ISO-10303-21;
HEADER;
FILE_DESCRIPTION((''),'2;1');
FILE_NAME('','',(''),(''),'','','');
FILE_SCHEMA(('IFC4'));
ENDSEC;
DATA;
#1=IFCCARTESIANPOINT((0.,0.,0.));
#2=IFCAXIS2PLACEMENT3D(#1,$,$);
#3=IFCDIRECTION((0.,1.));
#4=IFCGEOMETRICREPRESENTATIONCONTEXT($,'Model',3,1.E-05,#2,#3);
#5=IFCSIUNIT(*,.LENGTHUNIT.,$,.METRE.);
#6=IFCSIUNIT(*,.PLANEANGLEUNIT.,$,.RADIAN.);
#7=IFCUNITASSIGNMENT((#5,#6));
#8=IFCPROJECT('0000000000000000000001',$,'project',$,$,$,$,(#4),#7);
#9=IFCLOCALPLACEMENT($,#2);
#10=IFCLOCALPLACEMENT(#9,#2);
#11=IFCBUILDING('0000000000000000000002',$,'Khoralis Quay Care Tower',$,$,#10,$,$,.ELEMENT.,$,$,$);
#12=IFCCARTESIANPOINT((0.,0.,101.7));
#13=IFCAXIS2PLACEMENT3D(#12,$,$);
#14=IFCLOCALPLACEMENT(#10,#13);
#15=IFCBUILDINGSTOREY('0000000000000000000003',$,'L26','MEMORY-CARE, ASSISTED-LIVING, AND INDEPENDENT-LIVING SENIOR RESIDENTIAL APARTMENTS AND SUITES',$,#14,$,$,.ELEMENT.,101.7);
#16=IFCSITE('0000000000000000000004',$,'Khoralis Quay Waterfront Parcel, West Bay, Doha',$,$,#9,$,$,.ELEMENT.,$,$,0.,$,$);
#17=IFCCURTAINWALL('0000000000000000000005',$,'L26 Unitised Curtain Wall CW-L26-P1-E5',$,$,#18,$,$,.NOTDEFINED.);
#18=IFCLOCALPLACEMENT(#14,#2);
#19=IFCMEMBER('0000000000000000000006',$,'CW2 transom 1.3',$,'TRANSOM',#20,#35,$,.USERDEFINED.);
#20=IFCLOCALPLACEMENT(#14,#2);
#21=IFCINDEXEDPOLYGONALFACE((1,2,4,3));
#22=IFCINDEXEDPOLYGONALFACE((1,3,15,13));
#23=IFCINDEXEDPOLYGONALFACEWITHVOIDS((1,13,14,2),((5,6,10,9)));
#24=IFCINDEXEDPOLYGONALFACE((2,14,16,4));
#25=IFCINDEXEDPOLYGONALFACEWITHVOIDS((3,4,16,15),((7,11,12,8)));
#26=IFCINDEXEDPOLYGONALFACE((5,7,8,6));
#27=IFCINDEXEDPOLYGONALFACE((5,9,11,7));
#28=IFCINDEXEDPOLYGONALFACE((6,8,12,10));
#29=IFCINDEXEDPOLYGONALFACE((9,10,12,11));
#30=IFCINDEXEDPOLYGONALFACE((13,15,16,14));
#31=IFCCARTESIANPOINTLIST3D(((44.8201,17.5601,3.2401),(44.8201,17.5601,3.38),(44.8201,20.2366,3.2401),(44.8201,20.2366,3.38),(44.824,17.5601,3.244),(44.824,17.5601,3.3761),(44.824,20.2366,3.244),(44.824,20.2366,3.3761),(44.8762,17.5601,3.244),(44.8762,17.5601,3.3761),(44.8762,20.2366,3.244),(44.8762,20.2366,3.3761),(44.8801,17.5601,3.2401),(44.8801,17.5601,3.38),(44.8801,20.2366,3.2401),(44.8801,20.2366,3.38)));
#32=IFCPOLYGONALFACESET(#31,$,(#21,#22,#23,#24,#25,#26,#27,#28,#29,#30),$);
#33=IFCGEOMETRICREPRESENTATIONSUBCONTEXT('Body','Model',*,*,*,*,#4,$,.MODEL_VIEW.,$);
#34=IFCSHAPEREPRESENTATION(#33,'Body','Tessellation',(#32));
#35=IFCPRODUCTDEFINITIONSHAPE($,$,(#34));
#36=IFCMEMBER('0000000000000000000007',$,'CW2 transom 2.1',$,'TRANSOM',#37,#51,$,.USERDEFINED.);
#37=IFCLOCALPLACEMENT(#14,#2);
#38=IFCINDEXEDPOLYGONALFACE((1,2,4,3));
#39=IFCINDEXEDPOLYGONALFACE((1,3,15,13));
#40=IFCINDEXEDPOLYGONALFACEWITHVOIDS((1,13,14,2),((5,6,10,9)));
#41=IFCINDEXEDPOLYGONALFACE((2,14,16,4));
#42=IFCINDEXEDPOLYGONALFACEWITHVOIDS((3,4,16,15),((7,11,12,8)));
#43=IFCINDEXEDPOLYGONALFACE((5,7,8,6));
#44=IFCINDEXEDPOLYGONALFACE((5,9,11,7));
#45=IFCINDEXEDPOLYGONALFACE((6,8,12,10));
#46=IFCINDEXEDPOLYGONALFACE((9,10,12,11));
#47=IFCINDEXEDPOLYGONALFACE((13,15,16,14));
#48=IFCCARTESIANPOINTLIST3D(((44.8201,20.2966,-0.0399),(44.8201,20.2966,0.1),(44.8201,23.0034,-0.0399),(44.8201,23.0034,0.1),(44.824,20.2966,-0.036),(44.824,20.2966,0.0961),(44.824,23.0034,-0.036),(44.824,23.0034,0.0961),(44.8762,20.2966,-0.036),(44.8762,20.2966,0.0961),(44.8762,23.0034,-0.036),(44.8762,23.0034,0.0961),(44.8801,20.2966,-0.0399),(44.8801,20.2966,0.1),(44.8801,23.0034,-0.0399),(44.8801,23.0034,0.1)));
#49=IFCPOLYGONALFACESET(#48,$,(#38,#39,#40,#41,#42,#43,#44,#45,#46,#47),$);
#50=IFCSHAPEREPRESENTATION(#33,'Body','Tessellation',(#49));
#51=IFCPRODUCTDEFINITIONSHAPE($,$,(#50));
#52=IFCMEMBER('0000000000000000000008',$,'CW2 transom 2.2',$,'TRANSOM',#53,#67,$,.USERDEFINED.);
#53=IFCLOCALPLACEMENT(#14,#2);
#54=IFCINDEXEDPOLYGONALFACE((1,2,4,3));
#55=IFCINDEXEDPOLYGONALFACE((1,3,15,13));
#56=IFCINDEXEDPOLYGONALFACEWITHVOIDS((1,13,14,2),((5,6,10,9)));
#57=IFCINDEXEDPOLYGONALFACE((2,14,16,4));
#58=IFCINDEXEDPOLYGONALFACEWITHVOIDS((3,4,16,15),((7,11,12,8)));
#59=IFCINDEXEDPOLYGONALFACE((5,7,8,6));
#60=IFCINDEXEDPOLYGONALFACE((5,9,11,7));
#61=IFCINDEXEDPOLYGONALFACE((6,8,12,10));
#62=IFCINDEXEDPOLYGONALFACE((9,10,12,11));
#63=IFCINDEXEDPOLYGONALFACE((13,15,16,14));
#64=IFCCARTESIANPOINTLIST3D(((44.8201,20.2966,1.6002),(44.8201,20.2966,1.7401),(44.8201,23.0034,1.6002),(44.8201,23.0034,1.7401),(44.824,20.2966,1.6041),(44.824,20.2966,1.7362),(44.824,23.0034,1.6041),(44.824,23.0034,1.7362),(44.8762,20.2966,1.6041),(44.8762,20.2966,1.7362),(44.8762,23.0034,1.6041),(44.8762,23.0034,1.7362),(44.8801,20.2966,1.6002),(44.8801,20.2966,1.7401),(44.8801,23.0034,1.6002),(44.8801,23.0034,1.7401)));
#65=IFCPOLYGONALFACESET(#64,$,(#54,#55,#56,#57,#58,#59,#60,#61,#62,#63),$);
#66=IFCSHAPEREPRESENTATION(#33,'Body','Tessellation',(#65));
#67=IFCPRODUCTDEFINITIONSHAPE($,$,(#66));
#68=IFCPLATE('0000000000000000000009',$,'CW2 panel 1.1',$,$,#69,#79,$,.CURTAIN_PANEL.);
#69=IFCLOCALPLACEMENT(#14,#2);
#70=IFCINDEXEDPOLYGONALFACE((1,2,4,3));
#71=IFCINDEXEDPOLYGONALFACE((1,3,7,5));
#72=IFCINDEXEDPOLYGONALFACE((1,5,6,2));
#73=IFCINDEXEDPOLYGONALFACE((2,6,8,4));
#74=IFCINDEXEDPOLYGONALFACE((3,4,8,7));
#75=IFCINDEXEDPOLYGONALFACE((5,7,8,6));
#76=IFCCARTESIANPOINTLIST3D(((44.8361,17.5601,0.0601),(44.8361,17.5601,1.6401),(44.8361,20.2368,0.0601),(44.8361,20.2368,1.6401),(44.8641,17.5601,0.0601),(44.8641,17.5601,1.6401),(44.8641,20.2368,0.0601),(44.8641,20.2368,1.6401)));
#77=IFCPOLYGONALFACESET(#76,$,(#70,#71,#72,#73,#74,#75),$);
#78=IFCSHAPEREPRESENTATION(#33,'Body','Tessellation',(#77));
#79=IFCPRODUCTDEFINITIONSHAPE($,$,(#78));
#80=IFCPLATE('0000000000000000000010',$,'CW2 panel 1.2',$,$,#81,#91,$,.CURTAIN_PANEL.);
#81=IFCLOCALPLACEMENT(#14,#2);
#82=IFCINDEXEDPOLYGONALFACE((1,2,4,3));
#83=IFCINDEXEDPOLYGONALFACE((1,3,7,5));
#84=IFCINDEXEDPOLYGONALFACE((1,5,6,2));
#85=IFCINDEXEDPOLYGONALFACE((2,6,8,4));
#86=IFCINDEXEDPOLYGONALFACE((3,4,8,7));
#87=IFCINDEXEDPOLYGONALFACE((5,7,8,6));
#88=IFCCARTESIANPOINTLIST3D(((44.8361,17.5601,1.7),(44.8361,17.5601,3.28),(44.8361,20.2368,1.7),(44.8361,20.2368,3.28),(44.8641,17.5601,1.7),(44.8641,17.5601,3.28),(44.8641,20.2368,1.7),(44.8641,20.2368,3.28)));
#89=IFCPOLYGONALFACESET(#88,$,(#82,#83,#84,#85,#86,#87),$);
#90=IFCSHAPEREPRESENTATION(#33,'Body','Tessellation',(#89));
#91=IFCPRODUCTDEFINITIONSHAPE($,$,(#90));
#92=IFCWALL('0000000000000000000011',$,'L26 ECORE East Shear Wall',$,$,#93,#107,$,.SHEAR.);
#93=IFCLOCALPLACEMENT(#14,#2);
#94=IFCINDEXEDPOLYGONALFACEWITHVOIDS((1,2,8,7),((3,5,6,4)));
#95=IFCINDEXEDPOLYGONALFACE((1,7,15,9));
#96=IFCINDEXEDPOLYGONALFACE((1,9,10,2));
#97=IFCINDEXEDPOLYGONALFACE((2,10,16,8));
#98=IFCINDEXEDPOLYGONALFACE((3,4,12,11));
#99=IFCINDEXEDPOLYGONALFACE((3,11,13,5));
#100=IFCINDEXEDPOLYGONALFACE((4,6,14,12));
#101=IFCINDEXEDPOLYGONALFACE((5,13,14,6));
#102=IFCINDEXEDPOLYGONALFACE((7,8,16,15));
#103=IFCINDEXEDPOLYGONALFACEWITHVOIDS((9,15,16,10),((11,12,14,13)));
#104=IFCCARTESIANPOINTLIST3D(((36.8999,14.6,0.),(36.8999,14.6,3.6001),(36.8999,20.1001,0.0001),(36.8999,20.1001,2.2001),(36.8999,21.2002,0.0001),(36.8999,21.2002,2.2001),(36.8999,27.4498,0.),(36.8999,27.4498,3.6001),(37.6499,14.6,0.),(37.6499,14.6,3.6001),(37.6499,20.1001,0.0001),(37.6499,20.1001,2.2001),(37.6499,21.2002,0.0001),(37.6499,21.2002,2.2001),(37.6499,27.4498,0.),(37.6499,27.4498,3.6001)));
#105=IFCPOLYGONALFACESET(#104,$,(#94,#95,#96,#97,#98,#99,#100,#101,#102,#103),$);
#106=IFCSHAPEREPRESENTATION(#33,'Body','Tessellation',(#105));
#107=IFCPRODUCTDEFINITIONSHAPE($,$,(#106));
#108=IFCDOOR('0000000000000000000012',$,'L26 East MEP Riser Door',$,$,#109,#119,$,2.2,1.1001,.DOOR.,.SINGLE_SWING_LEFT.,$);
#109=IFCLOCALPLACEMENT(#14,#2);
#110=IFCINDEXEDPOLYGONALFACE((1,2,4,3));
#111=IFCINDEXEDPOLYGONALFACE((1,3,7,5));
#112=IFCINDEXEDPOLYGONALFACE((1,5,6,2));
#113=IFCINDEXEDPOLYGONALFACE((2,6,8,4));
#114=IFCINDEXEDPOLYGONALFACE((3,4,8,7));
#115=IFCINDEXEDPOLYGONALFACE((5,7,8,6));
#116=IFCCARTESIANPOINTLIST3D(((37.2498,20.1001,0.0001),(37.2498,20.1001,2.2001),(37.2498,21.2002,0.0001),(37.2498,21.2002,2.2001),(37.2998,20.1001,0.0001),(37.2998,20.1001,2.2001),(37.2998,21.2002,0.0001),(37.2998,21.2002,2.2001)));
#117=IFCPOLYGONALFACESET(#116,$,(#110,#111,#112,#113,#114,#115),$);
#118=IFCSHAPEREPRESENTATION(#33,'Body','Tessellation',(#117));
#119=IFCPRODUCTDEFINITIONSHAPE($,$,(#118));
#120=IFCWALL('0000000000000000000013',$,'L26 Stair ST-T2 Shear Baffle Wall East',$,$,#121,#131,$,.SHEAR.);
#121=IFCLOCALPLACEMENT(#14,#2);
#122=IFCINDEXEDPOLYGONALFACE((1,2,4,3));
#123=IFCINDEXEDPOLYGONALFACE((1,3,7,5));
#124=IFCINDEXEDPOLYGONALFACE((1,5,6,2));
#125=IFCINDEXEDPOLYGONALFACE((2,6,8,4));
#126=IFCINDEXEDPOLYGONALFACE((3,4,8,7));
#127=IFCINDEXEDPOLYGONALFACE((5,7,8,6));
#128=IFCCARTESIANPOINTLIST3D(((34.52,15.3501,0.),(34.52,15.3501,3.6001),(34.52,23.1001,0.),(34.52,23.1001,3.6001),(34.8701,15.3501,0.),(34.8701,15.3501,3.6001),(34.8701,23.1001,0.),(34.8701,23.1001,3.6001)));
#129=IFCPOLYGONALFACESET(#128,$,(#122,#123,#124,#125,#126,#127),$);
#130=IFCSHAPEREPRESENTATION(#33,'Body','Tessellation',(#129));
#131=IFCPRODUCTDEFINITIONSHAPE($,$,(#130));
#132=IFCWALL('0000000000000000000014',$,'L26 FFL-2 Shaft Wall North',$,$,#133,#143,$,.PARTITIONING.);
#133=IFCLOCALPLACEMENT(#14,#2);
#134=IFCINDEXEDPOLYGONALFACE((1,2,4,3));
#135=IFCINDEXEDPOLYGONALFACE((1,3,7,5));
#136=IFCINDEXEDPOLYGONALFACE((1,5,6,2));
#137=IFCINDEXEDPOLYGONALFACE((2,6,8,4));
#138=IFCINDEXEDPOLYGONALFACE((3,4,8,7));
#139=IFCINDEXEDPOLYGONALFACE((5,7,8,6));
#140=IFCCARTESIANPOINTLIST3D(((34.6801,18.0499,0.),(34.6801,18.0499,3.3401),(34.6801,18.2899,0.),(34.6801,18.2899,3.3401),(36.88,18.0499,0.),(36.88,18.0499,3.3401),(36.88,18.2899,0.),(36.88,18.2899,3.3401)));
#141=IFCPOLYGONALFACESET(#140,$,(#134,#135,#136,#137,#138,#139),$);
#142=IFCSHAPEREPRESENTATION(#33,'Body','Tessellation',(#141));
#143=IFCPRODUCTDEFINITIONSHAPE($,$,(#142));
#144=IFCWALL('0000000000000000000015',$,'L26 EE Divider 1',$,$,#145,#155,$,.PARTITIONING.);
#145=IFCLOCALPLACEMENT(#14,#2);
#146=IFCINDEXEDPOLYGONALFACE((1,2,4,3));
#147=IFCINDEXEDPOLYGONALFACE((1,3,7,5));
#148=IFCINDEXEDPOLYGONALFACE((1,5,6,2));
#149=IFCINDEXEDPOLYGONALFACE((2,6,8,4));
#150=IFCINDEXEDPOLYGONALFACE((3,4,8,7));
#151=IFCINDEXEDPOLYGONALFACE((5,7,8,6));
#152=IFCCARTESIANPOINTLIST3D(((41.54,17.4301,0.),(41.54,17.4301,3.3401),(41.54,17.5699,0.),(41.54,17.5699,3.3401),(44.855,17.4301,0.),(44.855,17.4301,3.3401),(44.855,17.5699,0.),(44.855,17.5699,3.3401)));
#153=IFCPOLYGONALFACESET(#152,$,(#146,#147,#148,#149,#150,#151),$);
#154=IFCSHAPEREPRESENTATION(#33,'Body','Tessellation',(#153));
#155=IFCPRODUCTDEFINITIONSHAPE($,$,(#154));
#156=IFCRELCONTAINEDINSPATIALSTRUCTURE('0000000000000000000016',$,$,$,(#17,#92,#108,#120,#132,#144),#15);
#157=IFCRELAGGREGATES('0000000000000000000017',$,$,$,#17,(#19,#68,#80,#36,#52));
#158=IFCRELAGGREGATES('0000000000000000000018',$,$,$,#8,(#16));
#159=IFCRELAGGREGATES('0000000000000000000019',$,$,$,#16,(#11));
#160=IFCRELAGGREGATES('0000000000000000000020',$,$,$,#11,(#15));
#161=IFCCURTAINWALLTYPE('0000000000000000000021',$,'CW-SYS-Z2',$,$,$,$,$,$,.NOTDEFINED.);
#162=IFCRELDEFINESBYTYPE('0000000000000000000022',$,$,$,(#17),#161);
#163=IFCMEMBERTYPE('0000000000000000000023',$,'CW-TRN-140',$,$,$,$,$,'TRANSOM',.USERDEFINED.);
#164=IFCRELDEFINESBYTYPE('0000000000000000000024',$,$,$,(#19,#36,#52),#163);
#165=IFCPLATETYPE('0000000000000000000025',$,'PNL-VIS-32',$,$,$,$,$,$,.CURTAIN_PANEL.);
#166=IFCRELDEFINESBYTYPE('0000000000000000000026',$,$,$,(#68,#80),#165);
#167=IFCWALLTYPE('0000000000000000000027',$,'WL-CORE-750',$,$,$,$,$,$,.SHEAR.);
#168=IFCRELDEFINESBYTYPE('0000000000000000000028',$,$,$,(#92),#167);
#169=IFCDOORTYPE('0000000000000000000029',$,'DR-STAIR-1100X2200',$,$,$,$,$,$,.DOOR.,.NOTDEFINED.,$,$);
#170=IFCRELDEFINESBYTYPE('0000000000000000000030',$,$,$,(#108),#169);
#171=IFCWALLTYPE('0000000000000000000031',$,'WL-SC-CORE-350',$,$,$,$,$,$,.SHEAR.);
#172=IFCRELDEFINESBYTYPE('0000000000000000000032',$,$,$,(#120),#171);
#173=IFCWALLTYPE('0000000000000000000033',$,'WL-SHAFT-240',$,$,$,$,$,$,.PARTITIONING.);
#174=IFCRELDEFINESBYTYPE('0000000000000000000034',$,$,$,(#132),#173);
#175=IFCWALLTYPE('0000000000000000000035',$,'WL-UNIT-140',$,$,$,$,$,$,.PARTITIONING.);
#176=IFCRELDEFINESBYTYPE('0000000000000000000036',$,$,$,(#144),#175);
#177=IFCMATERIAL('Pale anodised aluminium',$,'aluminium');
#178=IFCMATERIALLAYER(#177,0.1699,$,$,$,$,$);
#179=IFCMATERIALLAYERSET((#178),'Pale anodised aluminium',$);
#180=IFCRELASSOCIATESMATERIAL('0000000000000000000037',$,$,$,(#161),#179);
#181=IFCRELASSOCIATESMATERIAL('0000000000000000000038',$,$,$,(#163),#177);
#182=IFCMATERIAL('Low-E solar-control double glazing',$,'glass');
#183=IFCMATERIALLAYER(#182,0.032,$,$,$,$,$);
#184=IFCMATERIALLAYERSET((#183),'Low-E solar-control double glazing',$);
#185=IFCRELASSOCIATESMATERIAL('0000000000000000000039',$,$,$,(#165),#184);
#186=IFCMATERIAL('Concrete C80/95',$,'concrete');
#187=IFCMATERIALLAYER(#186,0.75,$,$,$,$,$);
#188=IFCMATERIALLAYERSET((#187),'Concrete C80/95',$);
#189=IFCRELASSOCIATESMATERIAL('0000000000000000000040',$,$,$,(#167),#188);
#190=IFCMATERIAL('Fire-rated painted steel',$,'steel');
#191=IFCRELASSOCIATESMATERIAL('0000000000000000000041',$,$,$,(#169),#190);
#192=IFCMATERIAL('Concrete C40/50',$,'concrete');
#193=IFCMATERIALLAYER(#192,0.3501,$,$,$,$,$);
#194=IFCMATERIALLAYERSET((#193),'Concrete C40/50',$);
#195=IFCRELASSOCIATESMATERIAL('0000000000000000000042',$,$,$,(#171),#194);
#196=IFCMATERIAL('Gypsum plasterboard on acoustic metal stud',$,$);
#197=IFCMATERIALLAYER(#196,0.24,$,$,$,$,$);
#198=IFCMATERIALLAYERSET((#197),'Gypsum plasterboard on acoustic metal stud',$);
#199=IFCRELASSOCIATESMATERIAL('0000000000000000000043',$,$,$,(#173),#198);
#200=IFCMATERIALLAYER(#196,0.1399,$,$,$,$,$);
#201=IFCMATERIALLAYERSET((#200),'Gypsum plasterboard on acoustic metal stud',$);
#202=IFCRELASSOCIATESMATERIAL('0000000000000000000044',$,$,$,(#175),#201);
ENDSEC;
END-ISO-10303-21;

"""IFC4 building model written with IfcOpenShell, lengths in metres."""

from ifc_helpers import new_model, si_unit, direction, frame, frame_2d, origin, origin_2d, place, context, subcontext, project, spatial, rectangle, hollow_rectangle, extrude, source, transform, mapped, material, layer, layer_set, material_profile, profile_set, type_object, element, fill, aggregate, save


model = new_model("IFC4")

# Units and contexts
model_context = context("Model", 3, precision=1e-05, world=origin(), true_north=direction((0.0, 1.0)))
body_context = subcontext(model_context, "Body", "Model", "MODEL_VIEW")
ifc_project = project(units=[si_unit("LENGTHUNIT", "METRE"), si_unit("PLANEANGLEUNIT", "RADIAN")], contexts=[model_context])

# Site, building, storey
site_placement = place(None, origin())
site = spatial("IfcSite", under=ifc_project, at=site_placement, Name="Khoralis Quay Waterfront Parcel, West Bay, Doha", CompositionType="ELEMENT", RefElevation=0.0)
building_placement = place(site_placement, origin())
building = spatial("IfcBuilding", under=site, at=building_placement, Name="Khoralis Quay Care Tower", CompositionType="ELEMENT")
storey_placement = place(building_placement, frame((0.0, 0.0, 101.7)))
storey = spatial("IfcBuildingStorey", under=building, at=storey_placement, Name="L26", Description="MEMORY-CARE, ASSISTED-LIVING, AND INDEPENDENT-LIVING SENIOR RESIDENTIAL APARTMENTS AND SUITES", CompositionType="ELEMENT", Elevation=101.7)

# Curtain wall, members, plates
ifc_material_1 = material(Name="Pale anodised aluminium", Category="aluminium")
ifc_layer_1 = layer(ifc_material_1, 0.1699)
ifc_layer_set_1 = layer_set([ifc_layer_1], Name="Pale anodised aluminium")
curtain_wall_type = type_object("IfcCurtainWallType", Name="CW-SYS-Z2", PredefinedType="NOTDEFINED", material=ifc_layer_set_1)
curtain_wall_placement = place(storey_placement, origin())
curtain_wall = element("IfcCurtainWall", 1, at=curtain_wall_placement, inside=storey, type_object=curtain_wall_type, Name="L26 Unitised Curtain Wall CW-L26-P1-E5", PredefinedType="NOTDEFINED")
ifc_material_profile_1 = material_profile(ifc_material_1, hollow_rectangle(XDim=0.0601, YDim=0.1399, WallThickness=0.0039, at=origin_2d()), Name="Pale anodised aluminium")
ifc_profile_set_1 = profile_set([ifc_material_profile_1], Name="Pale anodised aluminium")
member_type_1 = type_object("IfcMemberType", Name="CW-TRN-140", ElementType="TRANSOM", PredefinedType="USERDEFINED", material=ifc_profile_set_1)
shared_shape_1 = source(origin(), body_context, "Body", "SweptSolid", [
    extrude(hollow_rectangle(XDim=0.0601, YDim=0.1399, WallThickness=0.0039, at=origin_2d()), origin(), (0.0, 0.0, 1.0), 2.6765),
])
member_1_placement = place(storey_placement, frame((44.8501, 17.5601, 3.3101), z_axis=(0.0, 1.0, 0.0), x_axis=(-1.0, 0.0, 0.0)))
member_1 = element("IfcMember", 2, at=member_1_placement, type_object=member_type_1, Name="CW2 transom 1.3", ObjectType="TRANSOM", PredefinedType="USERDEFINED", context=body_context, shape_type="MappedRepresentation", body=[
    mapped(shared_shape_1, transform((0.0, 0.0, 0.0), scale=1.0)),
])
shared_shape_2 = source(origin(), body_context, "Body", "SweptSolid", [
    extrude(hollow_rectangle(XDim=0.0601, YDim=0.1399, WallThickness=0.0039, at=origin_2d()), origin(), (0.0, 0.0, 1.0), 2.7068),
])
member_2_placement = place(storey_placement, frame((44.8501, 20.2966, 0.03), z_axis=(0.0, 1.0, 0.0), x_axis=(-1.0, 0.0, 0.0)))
member_2 = element("IfcMember", 3, at=member_2_placement, type_object=member_type_1, Name="CW2 transom 2.1", ObjectType="TRANSOM", PredefinedType="USERDEFINED", context=body_context, shape_type="MappedRepresentation", body=[
    mapped(shared_shape_2, transform((0.0, 0.0, 0.0), scale=1.0)),
])
member_3_placement = place(storey_placement, frame((44.8501, 20.2966, 1.6702), z_axis=(0.0, 1.0, 0.0), x_axis=(-1.0, 0.0, 0.0)))
member_3 = element("IfcMember", 4, at=member_3_placement, type_object=member_type_1, Name="CW2 transom 2.2", ObjectType="TRANSOM", PredefinedType="USERDEFINED", context=body_context, shape_type="MappedRepresentation", body=[
    mapped(shared_shape_2, transform((0.0, 0.0, 0.0), scale=1.0)),
])
ifc_material_2 = material(Name="Low-E solar-control double glazing", Category="glass")
ifc_layer_2 = layer(ifc_material_2, 0.032)
ifc_layer_set_2 = layer_set([ifc_layer_2], Name="Low-E solar-control double glazing")
plate_type = type_object("IfcPlateType", Name="PNL-VIS-32", PredefinedType="CURTAIN_PANEL", material=ifc_layer_set_2)
shared_shape_3 = source(origin(), body_context, "Body", "SweptSolid", [
    extrude(rectangle(XDim=2.6768, YDim=0.0281, at=origin_2d()), origin(), (0.0, 0.0, 1.0), 1.5801),
])
plate_1_placement = place(storey_placement, frame((44.8501, 18.8984, 0.0601), z_axis=(0.0, 0.0, 1.0), x_axis=(0.0, 1.0, 0.0)))
plate_1 = element("IfcPlate", 5, at=plate_1_placement, type_object=plate_type, Name="CW2 panel 1.1", PredefinedType="CURTAIN_PANEL", context=body_context, shape_type="MappedRepresentation", body=[
    mapped(shared_shape_3, transform((0.0, 0.0, 0.0), scale=1.0)),
])
plate_2_placement = place(storey_placement, frame((44.8501, 18.8984, 1.7), z_axis=(0.0, 0.0, 1.0), x_axis=(0.0, 1.0, 0.0)))
plate_2 = element("IfcPlate", 6, at=plate_2_placement, type_object=plate_type, Name="CW2 panel 1.2", PredefinedType="CURTAIN_PANEL", context=body_context, shape_type="MappedRepresentation", body=[
    mapped(shared_shape_3, transform((0.0, 0.0, 0.0), scale=1.0)),
])
aggregate(curtain_wall, [member_1, plate_1, plate_2, member_2, member_3])

# Wall, opening, door
ifc_material_3 = material(Name="Concrete C80/95", Category="concrete")
ifc_layer_3 = layer(ifc_material_3, 0.75)
ifc_layer_set_3 = layer_set([ifc_layer_3], Name="Concrete C80/95")
wall_type_1 = type_object("IfcWallType", Name="WL-CORE-750", PredefinedType="SHEAR", material=ifc_layer_set_3)
wall_1_placement = place(storey_placement, frame((37.2749, 14.6001, 0.0), z_axis=(0.0, 0.0, 1.0), x_axis=(0.0, 1.0, 0.0)))
wall_1 = element("IfcWall", 7, at=wall_1_placement, inside=storey, type_object=wall_type_1, Name="L26 ECORE East Shear Wall", PredefinedType="SHEAR", context=body_context, shape_type="SweptSolid", body=[
    extrude(rectangle(XDim=12.8499, YDim=0.75, at=frame_2d((6.4248, 0.0))), origin(), (0.0, 0.0, 1.0), 3.6001),
])
opening_placement = place(wall_1_placement, frame((5.5, 0.0, 0.0)))
opening = element("IfcOpeningElement", 8, at=opening_placement, cuts=wall_1, PredefinedType="OPENING", context=body_context, shape_type="SweptSolid", body=[
    extrude(rectangle(XDim=1.1001, YDim=2.2, at=frame_2d((0.55, 1.1001))), frame((0.0, 0.385, 0.0), z_axis=(0.0, -1.0, 0.0), x_axis=(1.0, 0.0, 0.0)), (0.0, 0.0, 1.0), 0.77),
])
ifc_material_4 = material(Name="Fire-rated painted steel", Category="steel")
door_type = type_object("IfcDoorType", Name="DR-STAIR-1100X2200", OperationType="NOTDEFINED", PredefinedType="DOOR", material=ifc_material_4)
shared_shape_4 = source(origin(), body_context, "Body", "SweptSolid", [
    extrude(rectangle(XDim=1.1001, YDim=2.2, at=frame_2d((0.55, 1.1001))), frame((0.0, 0.0249, 0.0), z_axis=(0.0, -1.0, 0.0), x_axis=(1.0, 0.0, 0.0)), (0.0, 0.0, 1.0), 0.05),
])
door_placement = place(opening_placement, frame((1.1001, 0.0, 0.0), z_axis=(0.0, 0.0, 1.0), x_axis=(-1.0, 0.0, 0.0)))
door = element("IfcDoor", 9, at=door_placement, inside=storey, type_object=door_type, Name="L26 East MEP Riser Door", OperationType="SINGLE_SWING_LEFT", OverallHeight=2.2, OverallWidth=1.1001, PredefinedType="DOOR", context=body_context, shape_type="MappedRepresentation", body=[
    mapped(shared_shape_4, transform((0.0, 0.0, 0.0), scale=1.0)),
])
fill(opening, door)

# Walls
ifc_material_5 = material(Name="Concrete C40/50", Category="concrete")
ifc_layer_4 = layer(ifc_material_5, 0.3501)
ifc_layer_set_4 = layer_set([ifc_layer_4], Name="Concrete C40/50")
wall_type_2 = type_object("IfcWallType", Name="WL-SC-CORE-350", PredefinedType="SHEAR", material=ifc_layer_set_4)
wall_2_placement = place(storey_placement, frame((34.6951, 15.3501, 0.0), z_axis=(0.0, 0.0, 1.0), x_axis=(0.0, 1.0, 0.0)))
element("IfcWall", 10, at=wall_2_placement, inside=storey, type_object=wall_type_2, Name="L26 Stair ST-T2 Shear Baffle Wall East", PredefinedType="SHEAR", context=body_context, shape_type="SweptSolid", body=[
    extrude(rectangle(XDim=7.75, YDim=0.3501, at=frame_2d((3.875, 0.0))), origin(), (0.0, 0.0, 1.0), 3.6001),
])
ifc_material_6 = material(Name="Gypsum plasterboard on acoustic metal stud")
ifc_layer_5 = layer(ifc_material_6, 0.24)
ifc_layer_set_5 = layer_set([ifc_layer_5], Name="Gypsum plasterboard on acoustic metal stud")
wall_type_3 = type_object("IfcWallType", Name="WL-SHAFT-240", PredefinedType="PARTITIONING", material=ifc_layer_set_5)
wall_3_placement = place(storey_placement, frame((34.6799, 18.1699, 0.0), z_axis=(0.0, 0.0, 1.0), x_axis=(1.0, 0.0, 0.0)))
element("IfcWall", 11, at=wall_3_placement, inside=storey, type_object=wall_type_3, Name="L26 FFL-2 Shaft Wall North", PredefinedType="PARTITIONING", context=body_context, shape_type="SweptSolid", body=[
    extrude(rectangle(XDim=2.2, YDim=0.24, at=frame_2d((1.1001, 0.0))), origin(), (0.0, 0.0, 1.0), 3.3401),
])
ifc_layer_6 = layer(ifc_material_6, 0.1399)
ifc_layer_set_6 = layer_set([ifc_layer_6], Name="Gypsum plasterboard on acoustic metal stud")
wall_type_4 = type_object("IfcWallType", Name="WL-UNIT-140", PredefinedType="PARTITIONING", material=ifc_layer_set_6)
wall_4_placement = place(storey_placement, frame((41.54, 17.5, 0.0), z_axis=(0.0, 0.0, 1.0), x_axis=(1.0, 0.0, 0.0)))
element("IfcWall", 12, at=wall_4_placement, inside=storey, type_object=wall_type_4, Name="L26 EE Divider 1", PredefinedType="PARTITIONING", context=body_context, shape_type="SweptSolid", body=[
    extrude(rectangle(XDim=3.3149, YDim=0.1399, at=frame_2d((1.6575, 0.0))), origin(), (0.0, 0.0, 1.0), 3.3401),
])

save(model, "model.ifc")
